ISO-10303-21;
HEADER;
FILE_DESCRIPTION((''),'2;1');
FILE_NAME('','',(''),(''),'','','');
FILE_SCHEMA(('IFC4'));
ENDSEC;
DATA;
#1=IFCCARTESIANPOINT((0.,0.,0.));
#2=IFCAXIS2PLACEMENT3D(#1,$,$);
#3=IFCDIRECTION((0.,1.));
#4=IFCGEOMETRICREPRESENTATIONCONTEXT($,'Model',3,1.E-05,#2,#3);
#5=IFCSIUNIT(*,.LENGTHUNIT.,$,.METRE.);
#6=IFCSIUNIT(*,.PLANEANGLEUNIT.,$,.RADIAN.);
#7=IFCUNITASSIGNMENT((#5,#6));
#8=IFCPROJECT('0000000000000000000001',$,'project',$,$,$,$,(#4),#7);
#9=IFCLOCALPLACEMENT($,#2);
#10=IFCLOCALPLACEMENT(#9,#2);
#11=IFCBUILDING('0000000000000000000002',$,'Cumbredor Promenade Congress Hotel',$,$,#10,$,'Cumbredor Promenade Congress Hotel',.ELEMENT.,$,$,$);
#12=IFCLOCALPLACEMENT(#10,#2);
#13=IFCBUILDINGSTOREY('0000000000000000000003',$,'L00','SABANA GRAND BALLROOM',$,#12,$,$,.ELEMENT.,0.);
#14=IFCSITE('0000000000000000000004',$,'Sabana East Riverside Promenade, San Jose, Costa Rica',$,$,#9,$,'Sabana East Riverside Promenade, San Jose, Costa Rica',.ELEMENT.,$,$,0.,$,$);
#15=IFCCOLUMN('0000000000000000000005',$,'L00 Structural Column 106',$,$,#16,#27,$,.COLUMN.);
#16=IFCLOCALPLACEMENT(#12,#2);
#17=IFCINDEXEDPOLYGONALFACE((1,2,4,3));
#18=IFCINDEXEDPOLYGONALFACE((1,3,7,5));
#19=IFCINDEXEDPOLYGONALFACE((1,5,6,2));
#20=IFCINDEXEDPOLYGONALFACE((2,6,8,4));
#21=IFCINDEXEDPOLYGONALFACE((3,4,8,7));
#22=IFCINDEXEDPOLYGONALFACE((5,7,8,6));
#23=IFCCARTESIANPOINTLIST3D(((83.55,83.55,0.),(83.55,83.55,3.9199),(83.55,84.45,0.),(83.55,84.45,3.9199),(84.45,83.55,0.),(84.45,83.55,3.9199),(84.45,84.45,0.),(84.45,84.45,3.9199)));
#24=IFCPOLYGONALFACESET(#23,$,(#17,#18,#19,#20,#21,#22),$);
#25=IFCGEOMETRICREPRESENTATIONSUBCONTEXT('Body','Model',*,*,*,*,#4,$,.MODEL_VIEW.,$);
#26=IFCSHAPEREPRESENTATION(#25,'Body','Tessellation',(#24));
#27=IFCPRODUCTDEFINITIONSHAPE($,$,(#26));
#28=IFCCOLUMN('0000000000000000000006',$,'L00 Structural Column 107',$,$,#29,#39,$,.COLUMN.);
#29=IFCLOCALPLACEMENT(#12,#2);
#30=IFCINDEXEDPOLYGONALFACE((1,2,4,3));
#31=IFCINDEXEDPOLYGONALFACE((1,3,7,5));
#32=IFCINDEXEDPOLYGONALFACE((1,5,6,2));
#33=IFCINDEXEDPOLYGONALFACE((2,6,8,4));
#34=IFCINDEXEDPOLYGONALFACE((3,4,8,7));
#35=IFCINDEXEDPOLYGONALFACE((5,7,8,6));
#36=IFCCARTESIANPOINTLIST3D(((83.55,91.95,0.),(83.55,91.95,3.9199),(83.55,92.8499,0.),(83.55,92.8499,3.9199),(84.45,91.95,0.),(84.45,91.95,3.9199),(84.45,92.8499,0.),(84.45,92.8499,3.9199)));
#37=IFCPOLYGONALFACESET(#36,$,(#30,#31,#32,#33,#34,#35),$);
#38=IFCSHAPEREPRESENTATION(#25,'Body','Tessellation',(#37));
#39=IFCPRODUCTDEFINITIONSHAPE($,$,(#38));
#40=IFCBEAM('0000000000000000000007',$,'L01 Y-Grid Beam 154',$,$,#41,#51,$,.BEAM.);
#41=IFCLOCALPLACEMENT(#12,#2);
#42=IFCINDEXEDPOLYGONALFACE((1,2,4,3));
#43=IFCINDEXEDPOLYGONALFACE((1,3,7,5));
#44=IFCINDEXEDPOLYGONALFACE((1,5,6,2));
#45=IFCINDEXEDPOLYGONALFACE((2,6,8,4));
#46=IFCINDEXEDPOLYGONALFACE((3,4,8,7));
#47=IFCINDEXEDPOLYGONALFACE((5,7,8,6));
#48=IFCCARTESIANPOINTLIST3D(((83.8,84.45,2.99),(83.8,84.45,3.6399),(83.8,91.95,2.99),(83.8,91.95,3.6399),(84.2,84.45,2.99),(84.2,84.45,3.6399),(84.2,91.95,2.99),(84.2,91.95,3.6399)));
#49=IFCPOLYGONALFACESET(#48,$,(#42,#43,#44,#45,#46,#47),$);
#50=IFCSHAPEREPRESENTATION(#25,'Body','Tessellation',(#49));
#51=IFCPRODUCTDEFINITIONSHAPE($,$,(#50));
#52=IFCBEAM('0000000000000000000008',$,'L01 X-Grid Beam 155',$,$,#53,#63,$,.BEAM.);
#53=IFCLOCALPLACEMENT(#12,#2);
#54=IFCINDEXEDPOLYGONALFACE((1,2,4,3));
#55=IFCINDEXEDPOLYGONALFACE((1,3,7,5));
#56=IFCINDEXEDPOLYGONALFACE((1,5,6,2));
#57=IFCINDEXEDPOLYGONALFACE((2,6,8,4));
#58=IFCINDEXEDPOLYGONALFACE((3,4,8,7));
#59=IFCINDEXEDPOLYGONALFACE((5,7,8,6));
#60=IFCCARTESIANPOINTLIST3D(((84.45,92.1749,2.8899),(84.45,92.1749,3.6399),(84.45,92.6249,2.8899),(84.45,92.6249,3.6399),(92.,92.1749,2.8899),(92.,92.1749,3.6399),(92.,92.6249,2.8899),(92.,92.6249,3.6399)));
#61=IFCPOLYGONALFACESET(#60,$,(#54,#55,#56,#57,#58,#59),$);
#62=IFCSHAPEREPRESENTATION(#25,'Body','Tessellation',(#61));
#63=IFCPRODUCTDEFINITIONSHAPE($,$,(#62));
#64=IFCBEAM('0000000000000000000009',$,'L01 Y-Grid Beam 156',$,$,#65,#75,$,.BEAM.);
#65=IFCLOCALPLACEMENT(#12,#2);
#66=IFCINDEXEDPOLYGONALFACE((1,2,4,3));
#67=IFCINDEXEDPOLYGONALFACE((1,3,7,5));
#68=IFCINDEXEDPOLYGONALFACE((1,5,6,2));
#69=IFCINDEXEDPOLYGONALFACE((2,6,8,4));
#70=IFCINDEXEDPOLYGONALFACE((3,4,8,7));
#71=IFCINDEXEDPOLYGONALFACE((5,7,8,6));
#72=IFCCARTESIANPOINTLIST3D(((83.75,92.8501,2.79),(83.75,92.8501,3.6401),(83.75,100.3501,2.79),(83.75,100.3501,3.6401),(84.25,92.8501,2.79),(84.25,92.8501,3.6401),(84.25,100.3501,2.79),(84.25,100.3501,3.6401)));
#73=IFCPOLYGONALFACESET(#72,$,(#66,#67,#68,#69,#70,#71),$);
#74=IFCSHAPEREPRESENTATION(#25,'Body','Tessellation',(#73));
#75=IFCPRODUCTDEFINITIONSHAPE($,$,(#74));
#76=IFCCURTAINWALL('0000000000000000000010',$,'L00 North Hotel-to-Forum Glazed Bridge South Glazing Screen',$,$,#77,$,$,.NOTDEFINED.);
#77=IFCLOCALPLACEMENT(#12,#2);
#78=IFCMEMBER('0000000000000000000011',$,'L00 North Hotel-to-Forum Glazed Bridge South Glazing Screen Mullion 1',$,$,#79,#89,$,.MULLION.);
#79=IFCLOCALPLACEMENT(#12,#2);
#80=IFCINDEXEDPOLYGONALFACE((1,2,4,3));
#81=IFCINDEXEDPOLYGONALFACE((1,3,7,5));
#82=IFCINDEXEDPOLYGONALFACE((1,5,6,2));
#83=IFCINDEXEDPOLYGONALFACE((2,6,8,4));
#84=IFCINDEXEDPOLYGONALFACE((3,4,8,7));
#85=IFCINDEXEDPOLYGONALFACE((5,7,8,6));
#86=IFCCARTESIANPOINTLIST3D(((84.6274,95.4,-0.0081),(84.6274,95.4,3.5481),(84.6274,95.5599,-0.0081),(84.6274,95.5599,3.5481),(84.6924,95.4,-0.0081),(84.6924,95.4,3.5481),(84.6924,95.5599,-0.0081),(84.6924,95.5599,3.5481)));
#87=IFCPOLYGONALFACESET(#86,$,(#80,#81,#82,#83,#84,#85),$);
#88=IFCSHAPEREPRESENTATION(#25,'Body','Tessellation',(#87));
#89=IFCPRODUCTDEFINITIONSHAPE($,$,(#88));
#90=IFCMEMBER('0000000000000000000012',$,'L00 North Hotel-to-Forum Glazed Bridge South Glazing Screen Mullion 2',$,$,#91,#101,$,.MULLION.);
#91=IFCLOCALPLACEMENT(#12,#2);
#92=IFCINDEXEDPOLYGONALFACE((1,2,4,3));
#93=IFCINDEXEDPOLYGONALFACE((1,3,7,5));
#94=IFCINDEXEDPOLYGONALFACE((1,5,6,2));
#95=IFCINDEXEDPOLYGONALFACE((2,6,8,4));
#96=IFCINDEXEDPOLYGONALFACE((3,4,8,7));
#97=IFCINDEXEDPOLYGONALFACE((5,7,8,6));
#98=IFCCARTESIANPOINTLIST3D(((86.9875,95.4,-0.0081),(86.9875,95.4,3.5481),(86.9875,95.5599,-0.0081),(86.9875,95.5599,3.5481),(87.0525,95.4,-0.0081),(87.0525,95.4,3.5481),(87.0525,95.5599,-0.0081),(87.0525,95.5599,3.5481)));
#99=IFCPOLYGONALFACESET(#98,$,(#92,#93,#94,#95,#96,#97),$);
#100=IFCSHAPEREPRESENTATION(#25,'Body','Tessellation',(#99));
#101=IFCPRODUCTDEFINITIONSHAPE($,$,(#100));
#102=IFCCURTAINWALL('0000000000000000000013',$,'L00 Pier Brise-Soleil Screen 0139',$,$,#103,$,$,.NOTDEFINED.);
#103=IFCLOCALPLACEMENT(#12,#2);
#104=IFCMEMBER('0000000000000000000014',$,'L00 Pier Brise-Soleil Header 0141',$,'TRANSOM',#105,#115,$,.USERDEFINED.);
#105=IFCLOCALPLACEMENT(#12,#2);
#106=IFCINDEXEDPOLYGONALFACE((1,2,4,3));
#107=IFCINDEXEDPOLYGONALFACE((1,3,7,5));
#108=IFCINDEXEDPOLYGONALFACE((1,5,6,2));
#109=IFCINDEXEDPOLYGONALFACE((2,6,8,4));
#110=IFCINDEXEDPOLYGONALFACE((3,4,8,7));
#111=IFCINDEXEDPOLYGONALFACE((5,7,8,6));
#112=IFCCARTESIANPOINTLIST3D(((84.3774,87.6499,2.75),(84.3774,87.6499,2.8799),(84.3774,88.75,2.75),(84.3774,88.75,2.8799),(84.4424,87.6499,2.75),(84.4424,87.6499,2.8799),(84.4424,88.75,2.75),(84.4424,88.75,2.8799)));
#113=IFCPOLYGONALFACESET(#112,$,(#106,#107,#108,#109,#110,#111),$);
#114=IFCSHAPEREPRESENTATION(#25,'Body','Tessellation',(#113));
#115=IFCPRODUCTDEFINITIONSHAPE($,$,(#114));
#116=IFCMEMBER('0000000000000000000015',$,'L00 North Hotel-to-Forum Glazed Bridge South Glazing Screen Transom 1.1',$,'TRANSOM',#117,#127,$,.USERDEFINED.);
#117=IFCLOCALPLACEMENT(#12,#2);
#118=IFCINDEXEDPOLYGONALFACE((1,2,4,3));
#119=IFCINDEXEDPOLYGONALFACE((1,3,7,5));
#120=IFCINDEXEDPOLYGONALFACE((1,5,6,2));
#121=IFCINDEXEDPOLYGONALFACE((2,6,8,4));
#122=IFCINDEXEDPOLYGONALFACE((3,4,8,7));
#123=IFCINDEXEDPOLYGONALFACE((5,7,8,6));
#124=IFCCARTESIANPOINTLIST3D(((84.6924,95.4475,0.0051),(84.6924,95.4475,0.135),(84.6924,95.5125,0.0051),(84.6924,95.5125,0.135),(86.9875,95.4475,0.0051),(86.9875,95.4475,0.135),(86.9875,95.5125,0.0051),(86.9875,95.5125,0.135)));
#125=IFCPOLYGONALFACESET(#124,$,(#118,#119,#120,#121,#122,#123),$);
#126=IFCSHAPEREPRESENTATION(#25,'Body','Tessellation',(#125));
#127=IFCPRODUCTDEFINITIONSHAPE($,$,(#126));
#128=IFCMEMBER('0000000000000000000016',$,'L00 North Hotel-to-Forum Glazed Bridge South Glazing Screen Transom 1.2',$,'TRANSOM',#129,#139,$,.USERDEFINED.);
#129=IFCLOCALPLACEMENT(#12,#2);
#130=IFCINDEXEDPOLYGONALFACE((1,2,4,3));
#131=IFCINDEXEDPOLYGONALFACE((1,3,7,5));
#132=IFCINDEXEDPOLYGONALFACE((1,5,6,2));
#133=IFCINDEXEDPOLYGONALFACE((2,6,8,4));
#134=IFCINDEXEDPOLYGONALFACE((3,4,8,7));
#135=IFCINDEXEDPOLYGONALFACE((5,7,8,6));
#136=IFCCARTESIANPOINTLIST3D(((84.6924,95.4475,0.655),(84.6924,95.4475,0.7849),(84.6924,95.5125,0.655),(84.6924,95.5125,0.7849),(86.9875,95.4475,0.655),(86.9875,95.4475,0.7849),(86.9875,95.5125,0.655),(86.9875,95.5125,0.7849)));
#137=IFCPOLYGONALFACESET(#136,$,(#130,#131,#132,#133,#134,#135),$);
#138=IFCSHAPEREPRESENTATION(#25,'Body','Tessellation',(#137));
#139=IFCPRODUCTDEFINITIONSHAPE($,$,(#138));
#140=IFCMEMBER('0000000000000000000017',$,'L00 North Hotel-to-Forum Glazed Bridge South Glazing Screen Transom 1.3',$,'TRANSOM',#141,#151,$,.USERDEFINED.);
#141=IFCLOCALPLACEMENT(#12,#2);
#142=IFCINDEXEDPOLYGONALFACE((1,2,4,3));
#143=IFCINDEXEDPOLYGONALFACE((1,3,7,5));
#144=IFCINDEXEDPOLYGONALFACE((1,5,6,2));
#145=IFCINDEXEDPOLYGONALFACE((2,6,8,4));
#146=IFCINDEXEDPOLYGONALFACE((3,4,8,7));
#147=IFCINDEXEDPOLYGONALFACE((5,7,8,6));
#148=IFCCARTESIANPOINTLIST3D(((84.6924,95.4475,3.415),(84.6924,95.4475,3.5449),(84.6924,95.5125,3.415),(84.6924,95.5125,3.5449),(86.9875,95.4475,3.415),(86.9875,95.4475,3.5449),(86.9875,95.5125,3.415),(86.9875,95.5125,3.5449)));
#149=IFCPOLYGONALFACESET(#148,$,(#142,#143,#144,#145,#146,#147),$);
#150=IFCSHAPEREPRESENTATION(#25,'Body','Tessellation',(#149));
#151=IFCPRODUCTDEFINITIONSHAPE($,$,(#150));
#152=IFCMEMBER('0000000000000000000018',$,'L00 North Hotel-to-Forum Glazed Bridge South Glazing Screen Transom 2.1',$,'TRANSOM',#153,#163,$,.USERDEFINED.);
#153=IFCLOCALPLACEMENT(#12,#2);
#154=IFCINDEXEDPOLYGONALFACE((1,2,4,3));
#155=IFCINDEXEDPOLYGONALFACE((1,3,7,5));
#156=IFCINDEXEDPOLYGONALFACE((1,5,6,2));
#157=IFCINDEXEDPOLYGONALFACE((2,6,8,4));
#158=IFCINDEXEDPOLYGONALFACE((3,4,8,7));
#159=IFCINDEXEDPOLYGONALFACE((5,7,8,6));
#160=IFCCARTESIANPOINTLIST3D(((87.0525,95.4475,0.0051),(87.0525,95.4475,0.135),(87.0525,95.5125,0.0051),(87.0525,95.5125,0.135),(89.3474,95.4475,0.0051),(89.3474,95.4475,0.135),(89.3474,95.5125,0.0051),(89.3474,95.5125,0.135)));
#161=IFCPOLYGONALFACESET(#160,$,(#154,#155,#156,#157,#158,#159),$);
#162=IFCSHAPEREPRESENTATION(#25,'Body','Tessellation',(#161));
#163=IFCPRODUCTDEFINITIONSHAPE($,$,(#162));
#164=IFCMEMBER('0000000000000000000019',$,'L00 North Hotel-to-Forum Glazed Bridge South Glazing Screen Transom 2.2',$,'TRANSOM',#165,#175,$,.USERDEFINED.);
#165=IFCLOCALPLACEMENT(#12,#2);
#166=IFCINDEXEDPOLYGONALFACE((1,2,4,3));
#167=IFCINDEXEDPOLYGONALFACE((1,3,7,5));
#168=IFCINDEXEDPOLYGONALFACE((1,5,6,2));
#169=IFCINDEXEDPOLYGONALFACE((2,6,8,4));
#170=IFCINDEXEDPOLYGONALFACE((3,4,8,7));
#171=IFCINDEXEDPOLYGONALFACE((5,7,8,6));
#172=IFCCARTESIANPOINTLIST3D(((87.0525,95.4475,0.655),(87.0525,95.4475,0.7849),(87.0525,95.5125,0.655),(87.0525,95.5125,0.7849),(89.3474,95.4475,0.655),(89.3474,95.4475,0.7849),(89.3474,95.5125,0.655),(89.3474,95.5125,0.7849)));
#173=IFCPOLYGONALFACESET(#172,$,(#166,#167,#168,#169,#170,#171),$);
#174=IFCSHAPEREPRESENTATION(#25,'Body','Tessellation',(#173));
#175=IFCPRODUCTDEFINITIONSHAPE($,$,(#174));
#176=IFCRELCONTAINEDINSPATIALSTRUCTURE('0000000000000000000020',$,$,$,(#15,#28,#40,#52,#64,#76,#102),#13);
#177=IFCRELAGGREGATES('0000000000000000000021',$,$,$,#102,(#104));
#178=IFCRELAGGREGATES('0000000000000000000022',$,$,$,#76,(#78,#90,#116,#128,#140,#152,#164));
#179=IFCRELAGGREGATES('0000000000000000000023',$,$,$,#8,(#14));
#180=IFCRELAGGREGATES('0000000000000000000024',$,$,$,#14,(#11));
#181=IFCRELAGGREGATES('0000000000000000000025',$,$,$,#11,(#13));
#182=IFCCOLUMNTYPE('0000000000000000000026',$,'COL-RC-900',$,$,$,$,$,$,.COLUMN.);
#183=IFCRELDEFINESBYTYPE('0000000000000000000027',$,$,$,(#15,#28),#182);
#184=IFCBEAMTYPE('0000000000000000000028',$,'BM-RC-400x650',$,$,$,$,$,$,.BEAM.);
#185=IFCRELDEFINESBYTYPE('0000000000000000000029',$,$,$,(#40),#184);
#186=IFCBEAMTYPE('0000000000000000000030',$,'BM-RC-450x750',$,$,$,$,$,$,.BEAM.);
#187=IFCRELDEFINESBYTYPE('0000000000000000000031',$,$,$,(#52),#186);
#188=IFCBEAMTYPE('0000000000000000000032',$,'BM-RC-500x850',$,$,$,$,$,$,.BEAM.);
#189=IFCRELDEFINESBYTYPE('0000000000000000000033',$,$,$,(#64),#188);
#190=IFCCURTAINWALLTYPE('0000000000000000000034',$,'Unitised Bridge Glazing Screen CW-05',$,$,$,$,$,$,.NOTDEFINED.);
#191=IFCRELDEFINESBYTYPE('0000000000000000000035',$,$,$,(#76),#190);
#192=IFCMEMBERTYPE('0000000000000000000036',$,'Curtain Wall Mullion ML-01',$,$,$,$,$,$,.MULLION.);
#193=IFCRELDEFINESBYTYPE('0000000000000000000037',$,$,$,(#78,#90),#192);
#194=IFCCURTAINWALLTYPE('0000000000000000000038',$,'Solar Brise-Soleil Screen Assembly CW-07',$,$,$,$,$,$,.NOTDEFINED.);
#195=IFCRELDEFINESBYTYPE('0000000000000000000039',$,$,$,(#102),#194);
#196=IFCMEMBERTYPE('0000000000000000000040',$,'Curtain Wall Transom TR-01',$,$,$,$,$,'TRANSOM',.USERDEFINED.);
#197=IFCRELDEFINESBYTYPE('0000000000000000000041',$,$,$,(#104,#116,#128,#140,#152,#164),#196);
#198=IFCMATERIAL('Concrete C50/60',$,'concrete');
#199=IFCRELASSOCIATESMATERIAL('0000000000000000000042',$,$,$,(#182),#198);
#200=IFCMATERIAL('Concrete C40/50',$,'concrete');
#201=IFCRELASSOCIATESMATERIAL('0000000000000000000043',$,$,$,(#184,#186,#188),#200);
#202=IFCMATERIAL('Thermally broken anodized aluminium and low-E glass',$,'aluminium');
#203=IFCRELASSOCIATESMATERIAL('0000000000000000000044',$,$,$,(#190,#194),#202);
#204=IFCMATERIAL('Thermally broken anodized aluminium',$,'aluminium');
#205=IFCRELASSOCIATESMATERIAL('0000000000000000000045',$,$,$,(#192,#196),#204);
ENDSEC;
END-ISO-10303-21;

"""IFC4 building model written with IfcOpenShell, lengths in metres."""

from ifc_helpers import new_model, si_unit, direction, frame, origin, origin_2d, place, context, subcontext, project, spatial, rectangle, extrude, material, material_profile, profile_set, type_object, element, aggregate, save


model = new_model("IFC4")

# Units and contexts
model_context = context("Model", 3, precision=1e-05, world=origin(), true_north=direction((0.0, 1.0)))
body_context = subcontext(model_context, "Body", "Model", "MODEL_VIEW")
ifc_project = project(units=[si_unit("LENGTHUNIT", "METRE"), si_unit("PLANEANGLEUNIT", "RADIAN")], contexts=[model_context])

# Site, building, storey
site_placement = place(None, origin())
site = spatial("IfcSite", under=ifc_project, at=site_placement, Name="Sabana East Riverside Promenade, San Jose, Costa Rica", LongName="Sabana East Riverside Promenade, San Jose, Costa Rica", CompositionType="ELEMENT", RefElevation=0.0)
building_placement = place(site_placement, origin())
building = spatial("IfcBuilding", under=site, at=building_placement, Name="Cumbredor Promenade Congress Hotel", LongName="Cumbredor Promenade Congress Hotel", CompositionType="ELEMENT")
storey_placement = place(building_placement, origin())
storey = spatial("IfcBuildingStorey", under=building, at=storey_placement, Name="L00", Description="SABANA GRAND BALLROOM", CompositionType="ELEMENT", Elevation=0.0)

# Columns
ifc_material_1 = material(Name="Concrete C50/60", Category="concrete")
ifc_material_profile_1 = material_profile(ifc_material_1, rectangle(XDim=0.8999, YDim=0.8999, at=origin_2d()), Name="RC 900x900")
ifc_profile_set_1 = profile_set([ifc_material_profile_1], Name="Concrete C50/60")
column_type = type_object("IfcColumnType", Name="COL-RC-900", PredefinedType="COLUMN", material=ifc_profile_set_1)
for number, where, z_axis, x_axis, name in (
    (1, (84.0, 84.0, 0.0), (0.0, 0.0, 1.0), (1.0, 0.0, 0.0), "L00 Structural Column 106"),
    (2, (84.0, 92.3999, 0.0), (0.0, 0.0, 1.0), (1.0, 0.0, 0.0), "L00 Structural Column 107"),
):
    element("IfcColumn", number, at=place(storey_placement, frame(where, z_axis=z_axis, x_axis=x_axis)), inside=storey, type_object=column_type, Name=name, PredefinedType="COLUMN", context=body_context, shape_type="SweptSolid", body=[
        extrude(rectangle(XDim=0.8999, YDim=0.8999, at=origin_2d()), origin(), (0.0, 0.0, 1.0), 3.9199),
    ])

# Beams
ifc_material_2 = material(Name="Concrete C40/50", Category="concrete")
ifc_material_profile_2 = material_profile(ifc_material_2, rectangle(XDim=0.3999, YDim=0.6499, at=origin_2d()), Name="RC BEAM 400x650")
ifc_profile_set_2 = profile_set([ifc_material_profile_2], Name="Concrete C40/50")
beam_type_1 = type_object("IfcBeamType", Name="BM-RC-400x650", PredefinedType="BEAM", material=ifc_profile_set_2)
beam_1_placement = place(storey_placement, frame((84.0, 84.45, 3.3149), z_axis=(0.0, 1.0, 0.0), x_axis=(-1.0, 0.0, 0.0)))
element("IfcBeam", 3, at=beam_1_placement, inside=storey, type_object=beam_type_1, Name="L01 Y-Grid Beam 154", PredefinedType="BEAM", context=body_context, shape_type="SweptSolid", body=[
    extrude(rectangle(XDim=0.3999, YDim=0.6499, at=origin_2d()), origin(), (0.0, 0.0, 1.0), 7.5),
])
ifc_material_profile_3 = material_profile(ifc_material_2, rectangle(XDim=0.45, YDim=0.75, at=origin_2d()), Name="RC BEAM 450x750")
ifc_profile_set_3 = profile_set([ifc_material_profile_3], Name="Concrete C40/50")
beam_type_2 = type_object("IfcBeamType", Name="BM-RC-450x750", PredefinedType="BEAM", material=ifc_profile_set_3)
beam_2_placement = place(storey_placement, frame((84.45, 92.3999, 3.2649), z_axis=(1.0, 0.0, 0.0), x_axis=(0.0, 1.0, 0.0)))
element("IfcBeam", 4, at=beam_2_placement, inside=storey, type_object=beam_type_2, Name="L01 X-Grid Beam 155", PredefinedType="BEAM", context=body_context, shape_type="SweptSolid", body=[
    extrude(rectangle(XDim=0.45, YDim=0.75, at=origin_2d()), origin(), (0.0, 0.0, 1.0), 7.55),
])
ifc_material_profile_4 = material_profile(ifc_material_2, rectangle(XDim=0.5, YDim=0.8501, at=origin_2d()), Name="RC BEAM 500x850")
ifc_profile_set_4 = profile_set([ifc_material_profile_4], Name="Concrete C40/50")
beam_type_3 = type_object("IfcBeamType", Name="BM-RC-500x850", PredefinedType="BEAM", material=ifc_profile_set_4)
beam_3_placement = place(storey_placement, frame((84.0, 92.8501, 3.2151), z_axis=(0.0, 1.0, 0.0), x_axis=(-1.0, 0.0, 0.0)))
element("IfcBeam", 5, at=beam_3_placement, inside=storey, type_object=beam_type_3, Name="L01 Y-Grid Beam 156", PredefinedType="BEAM", context=body_context, shape_type="SweptSolid", body=[
    extrude(rectangle(XDim=0.5, YDim=0.8501, at=origin_2d()), origin(), (0.0, 0.0, 1.0), 7.5),
])

# Curtain wall, members
ifc_material_3 = material(Name="Thermally broken anodized aluminium and low-E glass", Category="aluminium")
curtain_wall_type_1 = type_object("IfcCurtainWallType", Name="Unitised Bridge Glazing Screen CW-05", PredefinedType="NOTDEFINED", material=ifc_material_3)
curtain_wall_1_placement = place(storey_placement, origin())
curtain_wall_1 = element("IfcCurtainWall", 6, at=curtain_wall_1_placement, inside=storey, type_object=curtain_wall_type_1, Name="L00 North Hotel-to-Forum Glazed Bridge South Glazing Screen", PredefinedType="NOTDEFINED")
ifc_material_4 = material(Name="Thermally broken anodized aluminium", Category="aluminium")
ifc_material_profile_5 = material_profile(ifc_material_4, rectangle(XDim=0.0649, YDim=0.1599, at=origin_2d()), Name="ALU MULLION 65x160")
ifc_profile_set_5 = profile_set([ifc_material_profile_5], Name="Thermally broken anodized aluminium")
member_type_1 = type_object("IfcMemberType", Name="Curtain Wall Mullion ML-01", PredefinedType="MULLION", material=ifc_profile_set_5)
member_1_placement = place(storey_placement, frame((84.6599, 95.48, -0.0081), z_axis=(0.0, 0.0, 1.0), x_axis=(1.0, 0.0, 0.0)))
member_1 = element("IfcMember", 7, at=member_1_placement, type_object=member_type_1, Name="L00 North Hotel-to-Forum Glazed Bridge South Glazing Screen Mullion 1", PredefinedType="MULLION", context=body_context, shape_type="SweptSolid", body=[
    extrude(rectangle(XDim=0.0649, YDim=0.1599, at=origin_2d()), origin(), (0.0, 0.0, 1.0), 3.5562),
])
member_2_placement = place(storey_placement, frame((87.02, 95.48, -0.0081), z_axis=(0.0, 0.0, 1.0), x_axis=(1.0, 0.0, 0.0)))
member_2 = element("IfcMember", 8, at=member_2_placement, type_object=member_type_1, Name="L00 North Hotel-to-Forum Glazed Bridge South Glazing Screen Mullion 2", PredefinedType="MULLION", context=body_context, shape_type="SweptSolid", body=[
    extrude(rectangle(XDim=0.0649, YDim=0.1599, at=origin_2d()), origin(), (0.0, 0.0, 1.0), 3.5562),
])

# Curtain wall, member
curtain_wall_type_2 = type_object("IfcCurtainWallType", Name="Solar Brise-Soleil Screen Assembly CW-07", PredefinedType="NOTDEFINED", material=ifc_material_3)
curtain_wall_2_placement = place(storey_placement, origin())
curtain_wall_2 = element("IfcCurtainWall", 9, at=curtain_wall_2_placement, inside=storey, type_object=curtain_wall_type_2, Name="L00 Pier Brise-Soleil Screen 0139", PredefinedType="NOTDEFINED")
ifc_material_profile_6 = material_profile(ifc_material_4, rectangle(XDim=0.0649, YDim=0.1299, at=origin_2d()), Name="ALU TRANSOM 65x130")
ifc_profile_set_6 = profile_set([ifc_material_profile_6], Name="Thermally broken anodized aluminium")
member_type_2 = type_object("IfcMemberType", Name="Curtain Wall Transom TR-01", ElementType="TRANSOM", PredefinedType="USERDEFINED", material=ifc_profile_set_6)
member_3_placement = place(storey_placement, frame((84.4099, 87.6499, 2.8149), z_axis=(0.0, 1.0, 0.0), x_axis=(-1.0, 0.0, 0.0)))
member_3 = element("IfcMember", 10, at=member_3_placement, type_object=member_type_2, Name="L00 Pier Brise-Soleil Header 0141", ObjectType="TRANSOM", PredefinedType="USERDEFINED", context=body_context, shape_type="SweptSolid", body=[
    extrude(rectangle(XDim=0.0649, YDim=0.1299, at=origin_2d()), origin(), (0.0, 0.0, 1.0), 1.1001),
])

# Members
member_4_placement = place(storey_placement, frame((84.6924, 95.48, 0.0701), z_axis=(1.0, 0.0, 0.0), x_axis=(0.0, 1.0, 0.0)))
member_4 = element("IfcMember", 11, at=member_4_placement, type_object=member_type_2, Name="L00 North Hotel-to-Forum Glazed Bridge South Glazing Screen Transom 1.1", ObjectType="TRANSOM", PredefinedType="USERDEFINED", context=body_context, shape_type="SweptSolid", body=[
    extrude(rectangle(XDim=0.0649, YDim=0.1299, at=origin_2d()), origin(), (0.0, 0.0, 1.0), 2.2952),
])
member_5_placement = place(storey_placement, frame((84.6924, 95.48, 0.72), z_axis=(1.0, 0.0, 0.0), x_axis=(0.0, 1.0, 0.0)))
member_5 = element("IfcMember", 12, at=member_5_placement, type_object=member_type_2, Name="L00 North Hotel-to-Forum Glazed Bridge South Glazing Screen Transom 1.2", ObjectType="TRANSOM", PredefinedType="USERDEFINED", context=body_context, shape_type="SweptSolid", body=[
    extrude(rectangle(XDim=0.0649, YDim=0.1299, at=origin_2d()), origin(), (0.0, 0.0, 1.0), 2.2952),
])
member_6_placement = place(storey_placement, frame((84.6924, 95.48, 3.48), z_axis=(1.0, 0.0, 0.0), x_axis=(0.0, 1.0, 0.0)))
member_6 = element("IfcMember", 13, at=member_6_placement, type_object=member_type_2, Name="L00 North Hotel-to-Forum Glazed Bridge South Glazing Screen Transom 1.3", ObjectType="TRANSOM", PredefinedType="USERDEFINED", context=body_context, shape_type="SweptSolid", body=[
    extrude(rectangle(XDim=0.0649, YDim=0.1299, at=origin_2d()), origin(), (0.0, 0.0, 1.0), 2.2952),
])
member_7_placement = place(storey_placement, frame((87.0525, 95.48, 0.0701), z_axis=(1.0, 0.0, 0.0), x_axis=(0.0, 1.0, 0.0)))
member_7 = element("IfcMember", 14, at=member_7_placement, type_object=member_type_2, Name="L00 North Hotel-to-Forum Glazed Bridge South Glazing Screen Transom 2.1", ObjectType="TRANSOM", PredefinedType="USERDEFINED", context=body_context, shape_type="SweptSolid", body=[
    extrude(rectangle(XDim=0.0649, YDim=0.1299, at=origin_2d()), origin(), (0.0, 0.0, 1.0), 2.2949),
])
member_8_placement = place(storey_placement, frame((87.0525, 95.48, 0.72), z_axis=(1.0, 0.0, 0.0), x_axis=(0.0, 1.0, 0.0)))
member_8 = element("IfcMember", 15, at=member_8_placement, type_object=member_type_2, Name="L00 North Hotel-to-Forum Glazed Bridge South Glazing Screen Transom 2.2", ObjectType="TRANSOM", PredefinedType="USERDEFINED", context=body_context, shape_type="SweptSolid", body=[
    extrude(rectangle(XDim=0.0649, YDim=0.1299, at=origin_2d()), origin(), (0.0, 0.0, 1.0), 2.2949),
])

aggregate(curtain_wall_2, [member_3])

aggregate(curtain_wall_1, [member_1, member_2, member_4, member_5, member_6, member_7, member_8])

save(model, "model.ifc")
